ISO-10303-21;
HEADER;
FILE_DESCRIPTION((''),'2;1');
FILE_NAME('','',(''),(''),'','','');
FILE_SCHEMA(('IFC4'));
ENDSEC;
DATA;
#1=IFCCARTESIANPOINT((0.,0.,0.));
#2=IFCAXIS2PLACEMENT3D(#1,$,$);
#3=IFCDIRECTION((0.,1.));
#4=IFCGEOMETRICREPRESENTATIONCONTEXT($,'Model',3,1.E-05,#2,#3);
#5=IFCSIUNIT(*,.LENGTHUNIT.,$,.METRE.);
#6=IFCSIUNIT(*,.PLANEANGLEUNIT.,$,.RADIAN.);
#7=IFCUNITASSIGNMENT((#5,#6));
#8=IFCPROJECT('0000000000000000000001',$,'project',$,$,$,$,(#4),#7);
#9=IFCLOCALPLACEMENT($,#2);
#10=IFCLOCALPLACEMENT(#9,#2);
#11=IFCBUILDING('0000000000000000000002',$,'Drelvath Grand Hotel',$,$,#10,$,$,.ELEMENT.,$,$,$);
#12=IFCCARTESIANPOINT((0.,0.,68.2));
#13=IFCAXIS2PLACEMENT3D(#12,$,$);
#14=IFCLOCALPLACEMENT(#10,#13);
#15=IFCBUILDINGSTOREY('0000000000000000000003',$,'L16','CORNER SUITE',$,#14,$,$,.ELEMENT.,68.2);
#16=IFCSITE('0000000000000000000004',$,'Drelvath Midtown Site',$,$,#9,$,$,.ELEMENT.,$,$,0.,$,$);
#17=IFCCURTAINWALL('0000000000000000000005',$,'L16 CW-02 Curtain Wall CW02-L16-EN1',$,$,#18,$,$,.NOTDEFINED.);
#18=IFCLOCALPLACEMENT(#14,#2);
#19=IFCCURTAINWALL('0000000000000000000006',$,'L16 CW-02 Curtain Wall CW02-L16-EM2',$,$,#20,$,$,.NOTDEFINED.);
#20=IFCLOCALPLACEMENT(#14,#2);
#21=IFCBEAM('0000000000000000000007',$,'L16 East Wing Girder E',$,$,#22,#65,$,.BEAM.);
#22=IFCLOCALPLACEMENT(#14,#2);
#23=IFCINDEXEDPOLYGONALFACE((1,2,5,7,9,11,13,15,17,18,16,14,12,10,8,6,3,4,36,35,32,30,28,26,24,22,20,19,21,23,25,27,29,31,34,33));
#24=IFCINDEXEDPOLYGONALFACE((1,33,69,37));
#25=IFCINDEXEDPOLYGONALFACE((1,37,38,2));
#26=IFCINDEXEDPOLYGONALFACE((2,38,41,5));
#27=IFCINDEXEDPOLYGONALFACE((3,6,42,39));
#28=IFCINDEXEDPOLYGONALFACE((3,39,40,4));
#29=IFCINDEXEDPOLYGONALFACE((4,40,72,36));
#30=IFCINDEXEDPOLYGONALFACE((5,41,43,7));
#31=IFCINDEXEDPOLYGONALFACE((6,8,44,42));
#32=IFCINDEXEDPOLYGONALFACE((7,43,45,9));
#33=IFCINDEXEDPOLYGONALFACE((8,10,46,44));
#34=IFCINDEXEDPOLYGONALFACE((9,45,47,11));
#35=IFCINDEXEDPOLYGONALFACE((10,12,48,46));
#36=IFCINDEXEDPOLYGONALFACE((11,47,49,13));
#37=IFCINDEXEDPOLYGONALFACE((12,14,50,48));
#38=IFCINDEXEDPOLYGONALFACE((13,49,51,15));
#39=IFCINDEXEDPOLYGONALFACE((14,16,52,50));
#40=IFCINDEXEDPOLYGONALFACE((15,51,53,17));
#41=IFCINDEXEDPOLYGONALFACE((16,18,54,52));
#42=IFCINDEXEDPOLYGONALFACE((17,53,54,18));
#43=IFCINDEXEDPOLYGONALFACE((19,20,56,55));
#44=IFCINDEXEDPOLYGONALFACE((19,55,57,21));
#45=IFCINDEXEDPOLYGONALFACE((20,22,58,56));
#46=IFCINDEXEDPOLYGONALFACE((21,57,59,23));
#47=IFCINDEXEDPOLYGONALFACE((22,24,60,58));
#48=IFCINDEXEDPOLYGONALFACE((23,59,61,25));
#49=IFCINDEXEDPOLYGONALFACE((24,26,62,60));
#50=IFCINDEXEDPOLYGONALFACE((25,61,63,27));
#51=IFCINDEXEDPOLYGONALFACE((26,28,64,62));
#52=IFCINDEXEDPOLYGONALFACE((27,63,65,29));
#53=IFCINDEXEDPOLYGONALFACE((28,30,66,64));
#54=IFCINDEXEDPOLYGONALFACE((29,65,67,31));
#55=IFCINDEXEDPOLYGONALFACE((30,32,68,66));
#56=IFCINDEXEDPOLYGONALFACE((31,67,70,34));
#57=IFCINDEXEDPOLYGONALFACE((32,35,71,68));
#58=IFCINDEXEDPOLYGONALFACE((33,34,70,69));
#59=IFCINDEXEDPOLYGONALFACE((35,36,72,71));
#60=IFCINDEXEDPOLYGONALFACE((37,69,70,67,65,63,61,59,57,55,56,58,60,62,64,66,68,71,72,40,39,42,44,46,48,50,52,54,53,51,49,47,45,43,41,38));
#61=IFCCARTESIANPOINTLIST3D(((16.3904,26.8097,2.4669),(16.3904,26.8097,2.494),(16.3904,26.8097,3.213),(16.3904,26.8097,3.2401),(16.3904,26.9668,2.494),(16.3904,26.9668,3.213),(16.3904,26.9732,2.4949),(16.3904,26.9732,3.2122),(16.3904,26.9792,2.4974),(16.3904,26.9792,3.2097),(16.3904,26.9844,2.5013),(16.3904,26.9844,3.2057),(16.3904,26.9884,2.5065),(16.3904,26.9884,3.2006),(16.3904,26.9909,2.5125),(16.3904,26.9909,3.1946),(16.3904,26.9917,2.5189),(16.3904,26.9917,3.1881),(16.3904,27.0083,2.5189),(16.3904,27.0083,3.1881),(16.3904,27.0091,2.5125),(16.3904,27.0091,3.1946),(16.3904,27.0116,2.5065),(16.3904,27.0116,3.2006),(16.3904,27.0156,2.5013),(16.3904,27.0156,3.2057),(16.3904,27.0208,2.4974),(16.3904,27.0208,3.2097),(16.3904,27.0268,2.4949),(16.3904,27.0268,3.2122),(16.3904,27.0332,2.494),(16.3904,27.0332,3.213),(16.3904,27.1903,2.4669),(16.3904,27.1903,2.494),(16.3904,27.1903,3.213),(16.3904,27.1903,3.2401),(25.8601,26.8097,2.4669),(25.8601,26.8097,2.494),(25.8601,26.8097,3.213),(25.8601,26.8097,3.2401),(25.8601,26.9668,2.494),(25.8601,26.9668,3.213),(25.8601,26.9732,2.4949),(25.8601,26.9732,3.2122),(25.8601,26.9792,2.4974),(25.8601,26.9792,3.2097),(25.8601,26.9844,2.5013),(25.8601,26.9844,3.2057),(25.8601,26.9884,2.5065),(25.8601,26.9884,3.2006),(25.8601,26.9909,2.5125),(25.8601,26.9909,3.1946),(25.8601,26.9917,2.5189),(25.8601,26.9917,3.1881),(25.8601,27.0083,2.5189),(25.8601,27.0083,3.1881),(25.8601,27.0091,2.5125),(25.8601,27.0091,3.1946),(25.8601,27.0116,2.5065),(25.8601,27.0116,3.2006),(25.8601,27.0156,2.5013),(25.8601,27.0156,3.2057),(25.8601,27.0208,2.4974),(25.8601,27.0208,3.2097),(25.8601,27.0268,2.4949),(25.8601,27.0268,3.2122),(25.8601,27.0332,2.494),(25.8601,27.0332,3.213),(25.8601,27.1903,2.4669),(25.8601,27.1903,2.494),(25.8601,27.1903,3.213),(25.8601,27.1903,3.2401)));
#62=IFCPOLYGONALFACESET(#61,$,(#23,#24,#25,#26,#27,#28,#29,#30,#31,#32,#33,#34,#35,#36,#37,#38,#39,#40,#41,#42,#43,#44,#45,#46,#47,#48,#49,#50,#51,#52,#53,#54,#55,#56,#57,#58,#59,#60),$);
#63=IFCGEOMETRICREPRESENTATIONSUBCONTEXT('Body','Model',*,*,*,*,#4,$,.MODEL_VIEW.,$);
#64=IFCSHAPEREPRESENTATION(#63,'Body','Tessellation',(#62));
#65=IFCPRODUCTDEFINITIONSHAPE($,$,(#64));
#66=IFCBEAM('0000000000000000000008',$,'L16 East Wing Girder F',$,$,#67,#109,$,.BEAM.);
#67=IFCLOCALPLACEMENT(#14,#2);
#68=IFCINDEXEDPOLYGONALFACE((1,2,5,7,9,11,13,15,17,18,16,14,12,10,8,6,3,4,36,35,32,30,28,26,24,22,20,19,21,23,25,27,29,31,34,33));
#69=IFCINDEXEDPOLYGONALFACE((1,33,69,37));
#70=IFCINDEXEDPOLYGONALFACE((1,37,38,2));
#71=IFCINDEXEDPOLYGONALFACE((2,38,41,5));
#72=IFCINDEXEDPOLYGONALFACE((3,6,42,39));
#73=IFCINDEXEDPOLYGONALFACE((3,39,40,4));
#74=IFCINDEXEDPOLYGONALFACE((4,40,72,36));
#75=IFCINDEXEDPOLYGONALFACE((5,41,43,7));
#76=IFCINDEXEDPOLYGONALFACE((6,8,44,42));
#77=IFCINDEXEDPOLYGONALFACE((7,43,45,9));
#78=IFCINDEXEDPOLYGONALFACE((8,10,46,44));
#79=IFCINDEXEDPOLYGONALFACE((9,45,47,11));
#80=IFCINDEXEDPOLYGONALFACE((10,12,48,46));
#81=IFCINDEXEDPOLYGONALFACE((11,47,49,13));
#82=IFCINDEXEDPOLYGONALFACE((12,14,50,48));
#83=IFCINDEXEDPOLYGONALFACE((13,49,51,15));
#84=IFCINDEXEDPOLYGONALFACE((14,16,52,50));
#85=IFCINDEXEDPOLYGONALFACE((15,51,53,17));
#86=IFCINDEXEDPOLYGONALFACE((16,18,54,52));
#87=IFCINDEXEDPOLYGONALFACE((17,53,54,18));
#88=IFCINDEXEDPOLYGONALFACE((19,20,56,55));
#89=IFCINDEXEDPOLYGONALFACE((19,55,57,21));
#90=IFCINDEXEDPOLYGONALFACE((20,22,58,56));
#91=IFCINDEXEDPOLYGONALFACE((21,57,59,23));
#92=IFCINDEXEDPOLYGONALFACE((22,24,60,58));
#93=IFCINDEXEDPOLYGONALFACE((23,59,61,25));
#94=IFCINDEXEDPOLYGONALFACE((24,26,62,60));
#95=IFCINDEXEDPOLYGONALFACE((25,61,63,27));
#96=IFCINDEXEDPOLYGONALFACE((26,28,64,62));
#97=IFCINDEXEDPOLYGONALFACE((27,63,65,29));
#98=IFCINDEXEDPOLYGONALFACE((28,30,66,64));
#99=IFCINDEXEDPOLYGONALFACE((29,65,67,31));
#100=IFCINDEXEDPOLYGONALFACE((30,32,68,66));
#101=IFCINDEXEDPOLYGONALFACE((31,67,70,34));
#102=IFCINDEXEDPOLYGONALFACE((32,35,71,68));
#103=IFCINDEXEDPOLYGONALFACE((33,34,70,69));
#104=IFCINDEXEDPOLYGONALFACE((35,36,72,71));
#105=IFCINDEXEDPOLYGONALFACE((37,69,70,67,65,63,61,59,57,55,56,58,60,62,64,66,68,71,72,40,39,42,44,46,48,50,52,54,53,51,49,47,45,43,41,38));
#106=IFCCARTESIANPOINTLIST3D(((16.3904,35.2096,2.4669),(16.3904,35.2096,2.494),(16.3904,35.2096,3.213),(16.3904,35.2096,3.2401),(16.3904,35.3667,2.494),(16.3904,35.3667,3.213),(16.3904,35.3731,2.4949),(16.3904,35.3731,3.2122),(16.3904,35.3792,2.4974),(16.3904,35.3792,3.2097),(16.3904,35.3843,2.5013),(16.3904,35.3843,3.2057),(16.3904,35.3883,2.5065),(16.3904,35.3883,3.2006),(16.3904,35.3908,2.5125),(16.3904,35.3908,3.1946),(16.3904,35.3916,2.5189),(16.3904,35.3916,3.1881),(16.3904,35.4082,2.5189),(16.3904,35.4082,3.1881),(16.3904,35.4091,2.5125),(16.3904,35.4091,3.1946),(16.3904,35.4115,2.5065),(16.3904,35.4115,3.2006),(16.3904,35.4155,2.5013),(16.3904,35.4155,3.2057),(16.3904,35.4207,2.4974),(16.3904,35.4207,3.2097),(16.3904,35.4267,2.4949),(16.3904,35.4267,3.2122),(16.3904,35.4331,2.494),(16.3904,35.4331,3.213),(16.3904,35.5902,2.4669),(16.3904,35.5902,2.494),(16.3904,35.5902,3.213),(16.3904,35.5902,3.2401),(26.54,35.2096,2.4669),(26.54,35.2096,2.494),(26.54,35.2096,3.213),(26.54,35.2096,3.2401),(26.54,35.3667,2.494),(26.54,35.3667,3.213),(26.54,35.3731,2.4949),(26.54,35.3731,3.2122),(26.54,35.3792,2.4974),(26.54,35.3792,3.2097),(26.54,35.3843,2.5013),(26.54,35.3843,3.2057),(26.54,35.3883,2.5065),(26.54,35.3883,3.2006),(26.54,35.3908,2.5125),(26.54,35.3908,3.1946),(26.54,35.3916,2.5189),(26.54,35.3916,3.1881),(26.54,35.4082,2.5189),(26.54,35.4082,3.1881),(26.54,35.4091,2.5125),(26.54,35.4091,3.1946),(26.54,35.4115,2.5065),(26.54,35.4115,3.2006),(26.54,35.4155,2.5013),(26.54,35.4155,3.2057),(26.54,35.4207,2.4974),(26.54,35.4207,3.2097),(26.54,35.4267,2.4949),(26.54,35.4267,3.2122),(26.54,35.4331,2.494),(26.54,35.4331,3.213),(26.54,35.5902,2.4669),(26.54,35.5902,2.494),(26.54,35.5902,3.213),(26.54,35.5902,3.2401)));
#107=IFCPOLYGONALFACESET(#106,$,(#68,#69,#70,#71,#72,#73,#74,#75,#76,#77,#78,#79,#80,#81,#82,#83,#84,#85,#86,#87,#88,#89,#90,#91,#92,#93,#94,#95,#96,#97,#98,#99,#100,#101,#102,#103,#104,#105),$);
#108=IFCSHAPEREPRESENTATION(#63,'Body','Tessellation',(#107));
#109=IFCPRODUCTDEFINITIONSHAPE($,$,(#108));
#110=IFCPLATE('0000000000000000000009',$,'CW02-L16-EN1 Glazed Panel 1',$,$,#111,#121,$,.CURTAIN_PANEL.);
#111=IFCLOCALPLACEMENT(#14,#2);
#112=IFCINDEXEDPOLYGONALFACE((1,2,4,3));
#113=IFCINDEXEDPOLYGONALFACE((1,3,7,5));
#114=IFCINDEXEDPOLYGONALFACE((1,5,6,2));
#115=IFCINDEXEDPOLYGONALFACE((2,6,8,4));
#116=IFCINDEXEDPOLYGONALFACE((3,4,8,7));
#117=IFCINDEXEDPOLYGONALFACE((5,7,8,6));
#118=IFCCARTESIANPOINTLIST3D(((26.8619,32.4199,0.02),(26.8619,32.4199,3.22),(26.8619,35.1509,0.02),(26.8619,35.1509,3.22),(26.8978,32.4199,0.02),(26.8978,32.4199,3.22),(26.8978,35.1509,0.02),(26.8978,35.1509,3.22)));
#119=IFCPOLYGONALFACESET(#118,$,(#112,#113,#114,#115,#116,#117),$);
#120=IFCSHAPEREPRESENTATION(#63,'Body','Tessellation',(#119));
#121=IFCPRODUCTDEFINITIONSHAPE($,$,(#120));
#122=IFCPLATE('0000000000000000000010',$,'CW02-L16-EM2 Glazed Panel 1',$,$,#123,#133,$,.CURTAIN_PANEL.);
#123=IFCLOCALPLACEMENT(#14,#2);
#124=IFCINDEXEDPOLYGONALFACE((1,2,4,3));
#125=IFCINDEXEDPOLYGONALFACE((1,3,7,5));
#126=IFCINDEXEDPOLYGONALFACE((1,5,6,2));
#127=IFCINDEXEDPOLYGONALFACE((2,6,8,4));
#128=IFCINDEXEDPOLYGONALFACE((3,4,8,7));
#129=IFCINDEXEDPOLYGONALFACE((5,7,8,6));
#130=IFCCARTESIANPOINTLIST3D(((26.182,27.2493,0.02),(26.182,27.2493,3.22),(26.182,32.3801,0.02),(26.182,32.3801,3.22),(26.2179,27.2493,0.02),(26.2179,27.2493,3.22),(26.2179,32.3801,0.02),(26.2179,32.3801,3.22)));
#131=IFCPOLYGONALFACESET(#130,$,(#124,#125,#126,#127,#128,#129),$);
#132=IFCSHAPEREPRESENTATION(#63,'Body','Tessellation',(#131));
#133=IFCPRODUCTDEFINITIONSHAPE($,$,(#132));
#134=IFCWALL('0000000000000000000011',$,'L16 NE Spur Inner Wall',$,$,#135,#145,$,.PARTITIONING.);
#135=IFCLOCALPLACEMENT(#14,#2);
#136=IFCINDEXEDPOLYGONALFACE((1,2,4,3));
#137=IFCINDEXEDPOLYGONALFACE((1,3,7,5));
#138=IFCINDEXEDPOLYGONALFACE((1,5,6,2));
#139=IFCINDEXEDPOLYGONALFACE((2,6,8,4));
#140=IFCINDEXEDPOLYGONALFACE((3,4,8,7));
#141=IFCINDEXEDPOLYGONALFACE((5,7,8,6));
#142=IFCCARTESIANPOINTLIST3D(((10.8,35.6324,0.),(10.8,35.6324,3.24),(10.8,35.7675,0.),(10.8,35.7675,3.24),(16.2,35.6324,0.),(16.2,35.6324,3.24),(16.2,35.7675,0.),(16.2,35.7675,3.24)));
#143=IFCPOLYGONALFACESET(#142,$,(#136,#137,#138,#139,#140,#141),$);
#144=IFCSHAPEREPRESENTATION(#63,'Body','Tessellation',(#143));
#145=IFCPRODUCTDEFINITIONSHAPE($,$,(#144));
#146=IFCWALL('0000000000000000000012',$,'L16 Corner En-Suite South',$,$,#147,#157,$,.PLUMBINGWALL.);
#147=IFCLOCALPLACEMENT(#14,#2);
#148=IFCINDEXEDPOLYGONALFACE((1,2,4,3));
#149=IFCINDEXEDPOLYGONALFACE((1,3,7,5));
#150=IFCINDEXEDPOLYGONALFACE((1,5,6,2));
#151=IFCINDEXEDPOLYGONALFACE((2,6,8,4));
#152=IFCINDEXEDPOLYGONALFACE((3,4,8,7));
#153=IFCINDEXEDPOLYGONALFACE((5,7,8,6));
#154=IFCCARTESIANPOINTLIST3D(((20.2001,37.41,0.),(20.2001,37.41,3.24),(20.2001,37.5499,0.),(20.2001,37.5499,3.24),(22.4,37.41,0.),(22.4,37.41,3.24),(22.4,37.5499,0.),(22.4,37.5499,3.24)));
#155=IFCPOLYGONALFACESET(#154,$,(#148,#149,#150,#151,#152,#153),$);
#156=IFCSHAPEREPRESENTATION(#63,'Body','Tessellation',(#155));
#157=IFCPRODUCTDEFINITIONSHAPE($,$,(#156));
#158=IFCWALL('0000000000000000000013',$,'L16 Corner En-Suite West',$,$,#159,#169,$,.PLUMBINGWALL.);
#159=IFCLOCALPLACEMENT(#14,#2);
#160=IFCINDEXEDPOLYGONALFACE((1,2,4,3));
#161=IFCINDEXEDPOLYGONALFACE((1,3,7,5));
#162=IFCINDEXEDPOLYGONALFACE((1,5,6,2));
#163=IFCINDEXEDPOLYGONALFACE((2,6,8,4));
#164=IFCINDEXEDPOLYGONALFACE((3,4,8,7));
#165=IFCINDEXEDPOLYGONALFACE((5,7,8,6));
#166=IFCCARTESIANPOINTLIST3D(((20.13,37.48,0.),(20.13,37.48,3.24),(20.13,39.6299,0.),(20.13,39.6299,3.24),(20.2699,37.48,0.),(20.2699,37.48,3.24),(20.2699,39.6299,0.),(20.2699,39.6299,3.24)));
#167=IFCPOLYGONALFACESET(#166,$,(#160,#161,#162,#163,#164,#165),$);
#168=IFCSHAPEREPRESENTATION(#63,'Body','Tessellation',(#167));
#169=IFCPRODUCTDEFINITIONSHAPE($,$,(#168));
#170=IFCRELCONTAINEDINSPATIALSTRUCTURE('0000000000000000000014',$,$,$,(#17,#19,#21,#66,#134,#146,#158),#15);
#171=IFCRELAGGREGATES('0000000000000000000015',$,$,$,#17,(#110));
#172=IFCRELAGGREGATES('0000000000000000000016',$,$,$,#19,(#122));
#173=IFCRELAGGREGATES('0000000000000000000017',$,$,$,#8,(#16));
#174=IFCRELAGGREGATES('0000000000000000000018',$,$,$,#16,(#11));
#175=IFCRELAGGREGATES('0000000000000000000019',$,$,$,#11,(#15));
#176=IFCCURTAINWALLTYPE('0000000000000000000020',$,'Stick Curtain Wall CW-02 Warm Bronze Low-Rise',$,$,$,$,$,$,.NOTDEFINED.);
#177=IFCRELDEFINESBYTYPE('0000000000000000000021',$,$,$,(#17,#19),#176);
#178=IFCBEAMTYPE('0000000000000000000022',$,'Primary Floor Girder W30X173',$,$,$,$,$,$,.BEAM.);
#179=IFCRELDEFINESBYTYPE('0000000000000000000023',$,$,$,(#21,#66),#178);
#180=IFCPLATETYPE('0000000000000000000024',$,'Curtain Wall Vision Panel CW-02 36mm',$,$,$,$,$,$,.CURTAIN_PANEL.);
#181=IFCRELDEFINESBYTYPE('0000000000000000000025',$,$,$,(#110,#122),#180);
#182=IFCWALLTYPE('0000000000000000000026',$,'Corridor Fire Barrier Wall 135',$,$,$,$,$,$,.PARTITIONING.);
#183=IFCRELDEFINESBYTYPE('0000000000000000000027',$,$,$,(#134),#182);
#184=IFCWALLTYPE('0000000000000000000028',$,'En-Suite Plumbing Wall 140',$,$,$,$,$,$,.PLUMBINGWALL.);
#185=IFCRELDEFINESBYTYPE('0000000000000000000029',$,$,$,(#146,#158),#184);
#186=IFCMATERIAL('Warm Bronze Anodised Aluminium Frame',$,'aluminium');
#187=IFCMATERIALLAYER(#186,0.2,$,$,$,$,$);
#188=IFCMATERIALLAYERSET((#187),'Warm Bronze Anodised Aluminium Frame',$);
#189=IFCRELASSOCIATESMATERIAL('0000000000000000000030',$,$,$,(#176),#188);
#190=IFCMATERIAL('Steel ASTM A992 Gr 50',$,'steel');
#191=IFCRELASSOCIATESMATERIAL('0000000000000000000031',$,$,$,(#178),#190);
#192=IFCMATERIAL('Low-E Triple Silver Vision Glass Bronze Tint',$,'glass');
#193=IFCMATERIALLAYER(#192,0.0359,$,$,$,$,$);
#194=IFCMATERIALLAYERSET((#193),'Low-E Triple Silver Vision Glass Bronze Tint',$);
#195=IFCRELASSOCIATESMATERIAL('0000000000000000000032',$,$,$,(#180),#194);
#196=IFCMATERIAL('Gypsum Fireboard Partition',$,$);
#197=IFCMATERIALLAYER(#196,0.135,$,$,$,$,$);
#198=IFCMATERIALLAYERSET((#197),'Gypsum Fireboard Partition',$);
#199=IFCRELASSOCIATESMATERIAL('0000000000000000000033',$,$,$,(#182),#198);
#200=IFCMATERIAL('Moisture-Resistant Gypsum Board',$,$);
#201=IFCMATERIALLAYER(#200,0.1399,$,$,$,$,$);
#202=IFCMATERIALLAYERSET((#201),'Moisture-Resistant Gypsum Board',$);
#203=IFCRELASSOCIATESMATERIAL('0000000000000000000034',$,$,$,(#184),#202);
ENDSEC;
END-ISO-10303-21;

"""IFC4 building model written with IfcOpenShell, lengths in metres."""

from ifc_helpers import new_model, si_unit, direction, frame, frame_2d, origin, origin_2d, place, context, subcontext, project, spatial, rectangle, i_section, extrude, material, layer, layer_set, material_profile, profile_set, type_object, element, aggregate, save


model = new_model("IFC4")

# Units and contexts
model_context = context("Model", 3, precision=1e-05, world=origin(), true_north=direction((0.0, 1.0)))
body_context = subcontext(model_context, "Body", "Model", "MODEL_VIEW")
ifc_project = project(units=[si_unit("LENGTHUNIT", "METRE"), si_unit("PLANEANGLEUNIT", "RADIAN")], contexts=[model_context])

# Site, building, storey
site_placement = place(None, origin())
site = spatial("IfcSite", under=ifc_project, at=site_placement, Name="Drelvath Midtown Site", CompositionType="ELEMENT", RefElevation=0.0)
building_placement = place(site_placement, origin())
building = spatial("IfcBuilding", under=site, at=building_placement, Name="Drelvath Grand Hotel", CompositionType="ELEMENT")
storey_placement = place(building_placement, frame((0.0, 0.0, 68.2)))
storey = spatial("IfcBuildingStorey", under=building, at=storey_placement, Name="L16", Description="CORNER SUITE", CompositionType="ELEMENT", Elevation=68.2)

# Curtain walls
ifc_material_1 = material(Name="Warm Bronze Anodised Aluminium Frame", Category="aluminium")
ifc_layer_1 = layer(ifc_material_1, 0.2)
ifc_layer_set_1 = layer_set([ifc_layer_1], Name="Warm Bronze Anodised Aluminium Frame")
curtain_wall_type = type_object("IfcCurtainWallType", Name="Stick Curtain Wall CW-02 Warm Bronze Low-Rise", PredefinedType="NOTDEFINED", material=ifc_layer_set_1)
curtain_wall_1_placement = place(storey_placement, origin())
curtain_wall_1 = element("IfcCurtainWall", 1, at=curtain_wall_1_placement, inside=storey, type_object=curtain_wall_type, Name="L16 CW-02 Curtain Wall CW02-L16-EN1", PredefinedType="NOTDEFINED")
curtain_wall_2_placement = place(storey_placement, origin())
curtain_wall_2 = element("IfcCurtainWall", 2, at=curtain_wall_2_placement, inside=storey, type_object=curtain_wall_type, Name="L16 CW-02 Curtain Wall CW02-L16-EM2", PredefinedType="NOTDEFINED")

# Beams
ifc_material_2 = material(Name="Steel ASTM A992 Gr 50", Category="steel")
ifc_material_profile_1 = material_profile(ifc_material_2, i_section(OverallWidth=0.3806, OverallDepth=0.7732, WebThickness=0.0166, FlangeThickness=0.0271, FilletRadius=0.0249, at=origin_2d()), Name="W30X173")
ifc_profile_set_1 = profile_set([ifc_material_profile_1], Name="Steel ASTM A992 Gr 50")
beam_type_1 = type_object("IfcBeamType", Name="Primary Floor Girder W30X173", PredefinedType="BEAM", material=ifc_profile_set_1)
beam_1_placement = place(storey_placement, frame((16.3904, 27.0, 2.8535), z_axis=(1.0, 0.0, 0.0), x_axis=(0.0, 1.0, 0.0)))
element("IfcBeam", 3, at=beam_1_placement, inside=storey, type_object=beam_type_1, Name="L16 East Wing Girder E", PredefinedType="BEAM", context=body_context, shape_type="SweptSolid", body=[
    extrude(i_section(OverallWidth=0.3806, OverallDepth=0.7732, WebThickness=0.0166, FlangeThickness=0.0271, FilletRadius=0.0249, at=origin_2d()), origin(), (0.0, 0.0, 1.0), 9.4697),
])
beam_2_placement = place(storey_placement, frame((16.3904, 35.3999, 2.8535), z_axis=(1.0, 0.0, 0.0), x_axis=(0.0, 1.0, 0.0)))
element("IfcBeam", 4, at=beam_2_placement, inside=storey, type_object=beam_type_1, Name="L16 East Wing Girder F", PredefinedType="BEAM", context=body_context, shape_type="SweptSolid", body=[
    extrude(i_section(OverallWidth=0.3806, OverallDepth=0.7732, WebThickness=0.0166, FlangeThickness=0.0271, FilletRadius=0.0249, at=origin_2d()), origin(), (0.0, 0.0, 1.0), 10.1497),
])

# Plates
ifc_material_3 = material(Name="Low-E Triple Silver Vision Glass Bronze Tint", Category="glass")
ifc_layer_2 = layer(ifc_material_3, 0.0359)
ifc_layer_set_2 = layer_set([ifc_layer_2], Name="Low-E Triple Silver Vision Glass Bronze Tint")
plate_type = type_object("IfcPlateType", Name="Curtain Wall Vision Panel CW-02 36mm", PredefinedType="CURTAIN_PANEL", material=ifc_layer_set_2)
plate_1_placement = place(storey_placement, frame((26.8799, 33.7854, 0.02), z_axis=(0.0, 0.0, 1.0), x_axis=(0.0, -1.0, 0.0)))
plate_1 = element("IfcPlate", 5, at=plate_1_placement, type_object=plate_type, Name="CW02-L16-EN1 Glazed Panel 1", PredefinedType="CURTAIN_PANEL", context=body_context, shape_type="SweptSolid", body=[
    extrude(rectangle(XDim=2.731, YDim=0.0359, at=origin_2d()), origin(), (0.0, 0.0, 1.0), 3.2),
])
aggregate(curtain_wall_1, [plate_1])
plate_2_placement = place(storey_placement, frame((26.2, 29.8147, 0.02), z_axis=(0.0, 0.0, 1.0), x_axis=(0.0, -1.0, 0.0)))
plate_2 = element("IfcPlate", 6, at=plate_2_placement, type_object=plate_type, Name="CW02-L16-EM2 Glazed Panel 1", PredefinedType="CURTAIN_PANEL", context=body_context, shape_type="SweptSolid", body=[
    extrude(rectangle(XDim=5.1309, YDim=0.0359, at=origin_2d()), origin(), (0.0, 0.0, 1.0), 3.2),
])
aggregate(curtain_wall_2, [plate_2])

# Wall
ifc_material_4 = material(Name="Gypsum Fireboard Partition")
ifc_layer_3 = layer(ifc_material_4, 0.135)
ifc_layer_set_3 = layer_set([ifc_layer_3], Name="Gypsum Fireboard Partition")
wall_type_1 = type_object("IfcWallType", Name="Corridor Fire Barrier Wall 135", PredefinedType="PARTITIONING", material=ifc_layer_set_3)
wall_1_placement = place(storey_placement, frame((10.8, 35.7, 0.0), z_axis=(0.0, 0.0, 1.0), x_axis=(1.0, 0.0, 0.0)))
element("IfcWall", 7, at=wall_1_placement, inside=storey, type_object=wall_type_1, Name="L16 NE Spur Inner Wall", PredefinedType="PARTITIONING", context=body_context, shape_type="SweptSolid", body=[
    extrude(rectangle(XDim=5.3999, YDim=0.135, at=frame_2d((2.7, 0.0))), origin(), (0.0, 0.0, 1.0), 3.24),
])

# Walls
ifc_material_5 = material(Name="Moisture-Resistant Gypsum Board")
ifc_layer_4 = layer(ifc_material_5, 0.1399)
ifc_layer_set_4 = layer_set([ifc_layer_4], Name="Moisture-Resistant Gypsum Board")
wall_type_2 = type_object("IfcWallType", Name="En-Suite Plumbing Wall 140", PredefinedType="PLUMBINGWALL", material=ifc_layer_set_4)
wall_2_placement = place(storey_placement, frame((20.2, 37.48, 0.0), z_axis=(0.0, 0.0, 1.0), x_axis=(1.0, 0.0, 0.0)))
element("IfcWall", 8, at=wall_2_placement, inside=storey, type_object=wall_type_2, Name="L16 Corner En-Suite South", PredefinedType="PLUMBINGWALL", context=body_context, shape_type="SweptSolid", body=[
    extrude(rectangle(XDim=2.2, YDim=0.1399, at=frame_2d((1.1001, 0.0))), origin(), (0.0, 0.0, 1.0), 3.24),
])
wall_3_placement = place(storey_placement, frame((20.2, 37.48, 0.0), z_axis=(0.0, 0.0, 1.0), x_axis=(0.0, 1.0, 0.0)))
element("IfcWall", 9, at=wall_3_placement, inside=storey, type_object=wall_type_2, Name="L16 Corner En-Suite West", PredefinedType="PLUMBINGWALL", context=body_context, shape_type="SweptSolid", body=[
    extrude(rectangle(XDim=2.1499, YDim=0.1399, at=frame_2d((1.075, 0.0))), origin(), (0.0, 0.0, 1.0), 3.24),
])

save(model, "model.ifc")
